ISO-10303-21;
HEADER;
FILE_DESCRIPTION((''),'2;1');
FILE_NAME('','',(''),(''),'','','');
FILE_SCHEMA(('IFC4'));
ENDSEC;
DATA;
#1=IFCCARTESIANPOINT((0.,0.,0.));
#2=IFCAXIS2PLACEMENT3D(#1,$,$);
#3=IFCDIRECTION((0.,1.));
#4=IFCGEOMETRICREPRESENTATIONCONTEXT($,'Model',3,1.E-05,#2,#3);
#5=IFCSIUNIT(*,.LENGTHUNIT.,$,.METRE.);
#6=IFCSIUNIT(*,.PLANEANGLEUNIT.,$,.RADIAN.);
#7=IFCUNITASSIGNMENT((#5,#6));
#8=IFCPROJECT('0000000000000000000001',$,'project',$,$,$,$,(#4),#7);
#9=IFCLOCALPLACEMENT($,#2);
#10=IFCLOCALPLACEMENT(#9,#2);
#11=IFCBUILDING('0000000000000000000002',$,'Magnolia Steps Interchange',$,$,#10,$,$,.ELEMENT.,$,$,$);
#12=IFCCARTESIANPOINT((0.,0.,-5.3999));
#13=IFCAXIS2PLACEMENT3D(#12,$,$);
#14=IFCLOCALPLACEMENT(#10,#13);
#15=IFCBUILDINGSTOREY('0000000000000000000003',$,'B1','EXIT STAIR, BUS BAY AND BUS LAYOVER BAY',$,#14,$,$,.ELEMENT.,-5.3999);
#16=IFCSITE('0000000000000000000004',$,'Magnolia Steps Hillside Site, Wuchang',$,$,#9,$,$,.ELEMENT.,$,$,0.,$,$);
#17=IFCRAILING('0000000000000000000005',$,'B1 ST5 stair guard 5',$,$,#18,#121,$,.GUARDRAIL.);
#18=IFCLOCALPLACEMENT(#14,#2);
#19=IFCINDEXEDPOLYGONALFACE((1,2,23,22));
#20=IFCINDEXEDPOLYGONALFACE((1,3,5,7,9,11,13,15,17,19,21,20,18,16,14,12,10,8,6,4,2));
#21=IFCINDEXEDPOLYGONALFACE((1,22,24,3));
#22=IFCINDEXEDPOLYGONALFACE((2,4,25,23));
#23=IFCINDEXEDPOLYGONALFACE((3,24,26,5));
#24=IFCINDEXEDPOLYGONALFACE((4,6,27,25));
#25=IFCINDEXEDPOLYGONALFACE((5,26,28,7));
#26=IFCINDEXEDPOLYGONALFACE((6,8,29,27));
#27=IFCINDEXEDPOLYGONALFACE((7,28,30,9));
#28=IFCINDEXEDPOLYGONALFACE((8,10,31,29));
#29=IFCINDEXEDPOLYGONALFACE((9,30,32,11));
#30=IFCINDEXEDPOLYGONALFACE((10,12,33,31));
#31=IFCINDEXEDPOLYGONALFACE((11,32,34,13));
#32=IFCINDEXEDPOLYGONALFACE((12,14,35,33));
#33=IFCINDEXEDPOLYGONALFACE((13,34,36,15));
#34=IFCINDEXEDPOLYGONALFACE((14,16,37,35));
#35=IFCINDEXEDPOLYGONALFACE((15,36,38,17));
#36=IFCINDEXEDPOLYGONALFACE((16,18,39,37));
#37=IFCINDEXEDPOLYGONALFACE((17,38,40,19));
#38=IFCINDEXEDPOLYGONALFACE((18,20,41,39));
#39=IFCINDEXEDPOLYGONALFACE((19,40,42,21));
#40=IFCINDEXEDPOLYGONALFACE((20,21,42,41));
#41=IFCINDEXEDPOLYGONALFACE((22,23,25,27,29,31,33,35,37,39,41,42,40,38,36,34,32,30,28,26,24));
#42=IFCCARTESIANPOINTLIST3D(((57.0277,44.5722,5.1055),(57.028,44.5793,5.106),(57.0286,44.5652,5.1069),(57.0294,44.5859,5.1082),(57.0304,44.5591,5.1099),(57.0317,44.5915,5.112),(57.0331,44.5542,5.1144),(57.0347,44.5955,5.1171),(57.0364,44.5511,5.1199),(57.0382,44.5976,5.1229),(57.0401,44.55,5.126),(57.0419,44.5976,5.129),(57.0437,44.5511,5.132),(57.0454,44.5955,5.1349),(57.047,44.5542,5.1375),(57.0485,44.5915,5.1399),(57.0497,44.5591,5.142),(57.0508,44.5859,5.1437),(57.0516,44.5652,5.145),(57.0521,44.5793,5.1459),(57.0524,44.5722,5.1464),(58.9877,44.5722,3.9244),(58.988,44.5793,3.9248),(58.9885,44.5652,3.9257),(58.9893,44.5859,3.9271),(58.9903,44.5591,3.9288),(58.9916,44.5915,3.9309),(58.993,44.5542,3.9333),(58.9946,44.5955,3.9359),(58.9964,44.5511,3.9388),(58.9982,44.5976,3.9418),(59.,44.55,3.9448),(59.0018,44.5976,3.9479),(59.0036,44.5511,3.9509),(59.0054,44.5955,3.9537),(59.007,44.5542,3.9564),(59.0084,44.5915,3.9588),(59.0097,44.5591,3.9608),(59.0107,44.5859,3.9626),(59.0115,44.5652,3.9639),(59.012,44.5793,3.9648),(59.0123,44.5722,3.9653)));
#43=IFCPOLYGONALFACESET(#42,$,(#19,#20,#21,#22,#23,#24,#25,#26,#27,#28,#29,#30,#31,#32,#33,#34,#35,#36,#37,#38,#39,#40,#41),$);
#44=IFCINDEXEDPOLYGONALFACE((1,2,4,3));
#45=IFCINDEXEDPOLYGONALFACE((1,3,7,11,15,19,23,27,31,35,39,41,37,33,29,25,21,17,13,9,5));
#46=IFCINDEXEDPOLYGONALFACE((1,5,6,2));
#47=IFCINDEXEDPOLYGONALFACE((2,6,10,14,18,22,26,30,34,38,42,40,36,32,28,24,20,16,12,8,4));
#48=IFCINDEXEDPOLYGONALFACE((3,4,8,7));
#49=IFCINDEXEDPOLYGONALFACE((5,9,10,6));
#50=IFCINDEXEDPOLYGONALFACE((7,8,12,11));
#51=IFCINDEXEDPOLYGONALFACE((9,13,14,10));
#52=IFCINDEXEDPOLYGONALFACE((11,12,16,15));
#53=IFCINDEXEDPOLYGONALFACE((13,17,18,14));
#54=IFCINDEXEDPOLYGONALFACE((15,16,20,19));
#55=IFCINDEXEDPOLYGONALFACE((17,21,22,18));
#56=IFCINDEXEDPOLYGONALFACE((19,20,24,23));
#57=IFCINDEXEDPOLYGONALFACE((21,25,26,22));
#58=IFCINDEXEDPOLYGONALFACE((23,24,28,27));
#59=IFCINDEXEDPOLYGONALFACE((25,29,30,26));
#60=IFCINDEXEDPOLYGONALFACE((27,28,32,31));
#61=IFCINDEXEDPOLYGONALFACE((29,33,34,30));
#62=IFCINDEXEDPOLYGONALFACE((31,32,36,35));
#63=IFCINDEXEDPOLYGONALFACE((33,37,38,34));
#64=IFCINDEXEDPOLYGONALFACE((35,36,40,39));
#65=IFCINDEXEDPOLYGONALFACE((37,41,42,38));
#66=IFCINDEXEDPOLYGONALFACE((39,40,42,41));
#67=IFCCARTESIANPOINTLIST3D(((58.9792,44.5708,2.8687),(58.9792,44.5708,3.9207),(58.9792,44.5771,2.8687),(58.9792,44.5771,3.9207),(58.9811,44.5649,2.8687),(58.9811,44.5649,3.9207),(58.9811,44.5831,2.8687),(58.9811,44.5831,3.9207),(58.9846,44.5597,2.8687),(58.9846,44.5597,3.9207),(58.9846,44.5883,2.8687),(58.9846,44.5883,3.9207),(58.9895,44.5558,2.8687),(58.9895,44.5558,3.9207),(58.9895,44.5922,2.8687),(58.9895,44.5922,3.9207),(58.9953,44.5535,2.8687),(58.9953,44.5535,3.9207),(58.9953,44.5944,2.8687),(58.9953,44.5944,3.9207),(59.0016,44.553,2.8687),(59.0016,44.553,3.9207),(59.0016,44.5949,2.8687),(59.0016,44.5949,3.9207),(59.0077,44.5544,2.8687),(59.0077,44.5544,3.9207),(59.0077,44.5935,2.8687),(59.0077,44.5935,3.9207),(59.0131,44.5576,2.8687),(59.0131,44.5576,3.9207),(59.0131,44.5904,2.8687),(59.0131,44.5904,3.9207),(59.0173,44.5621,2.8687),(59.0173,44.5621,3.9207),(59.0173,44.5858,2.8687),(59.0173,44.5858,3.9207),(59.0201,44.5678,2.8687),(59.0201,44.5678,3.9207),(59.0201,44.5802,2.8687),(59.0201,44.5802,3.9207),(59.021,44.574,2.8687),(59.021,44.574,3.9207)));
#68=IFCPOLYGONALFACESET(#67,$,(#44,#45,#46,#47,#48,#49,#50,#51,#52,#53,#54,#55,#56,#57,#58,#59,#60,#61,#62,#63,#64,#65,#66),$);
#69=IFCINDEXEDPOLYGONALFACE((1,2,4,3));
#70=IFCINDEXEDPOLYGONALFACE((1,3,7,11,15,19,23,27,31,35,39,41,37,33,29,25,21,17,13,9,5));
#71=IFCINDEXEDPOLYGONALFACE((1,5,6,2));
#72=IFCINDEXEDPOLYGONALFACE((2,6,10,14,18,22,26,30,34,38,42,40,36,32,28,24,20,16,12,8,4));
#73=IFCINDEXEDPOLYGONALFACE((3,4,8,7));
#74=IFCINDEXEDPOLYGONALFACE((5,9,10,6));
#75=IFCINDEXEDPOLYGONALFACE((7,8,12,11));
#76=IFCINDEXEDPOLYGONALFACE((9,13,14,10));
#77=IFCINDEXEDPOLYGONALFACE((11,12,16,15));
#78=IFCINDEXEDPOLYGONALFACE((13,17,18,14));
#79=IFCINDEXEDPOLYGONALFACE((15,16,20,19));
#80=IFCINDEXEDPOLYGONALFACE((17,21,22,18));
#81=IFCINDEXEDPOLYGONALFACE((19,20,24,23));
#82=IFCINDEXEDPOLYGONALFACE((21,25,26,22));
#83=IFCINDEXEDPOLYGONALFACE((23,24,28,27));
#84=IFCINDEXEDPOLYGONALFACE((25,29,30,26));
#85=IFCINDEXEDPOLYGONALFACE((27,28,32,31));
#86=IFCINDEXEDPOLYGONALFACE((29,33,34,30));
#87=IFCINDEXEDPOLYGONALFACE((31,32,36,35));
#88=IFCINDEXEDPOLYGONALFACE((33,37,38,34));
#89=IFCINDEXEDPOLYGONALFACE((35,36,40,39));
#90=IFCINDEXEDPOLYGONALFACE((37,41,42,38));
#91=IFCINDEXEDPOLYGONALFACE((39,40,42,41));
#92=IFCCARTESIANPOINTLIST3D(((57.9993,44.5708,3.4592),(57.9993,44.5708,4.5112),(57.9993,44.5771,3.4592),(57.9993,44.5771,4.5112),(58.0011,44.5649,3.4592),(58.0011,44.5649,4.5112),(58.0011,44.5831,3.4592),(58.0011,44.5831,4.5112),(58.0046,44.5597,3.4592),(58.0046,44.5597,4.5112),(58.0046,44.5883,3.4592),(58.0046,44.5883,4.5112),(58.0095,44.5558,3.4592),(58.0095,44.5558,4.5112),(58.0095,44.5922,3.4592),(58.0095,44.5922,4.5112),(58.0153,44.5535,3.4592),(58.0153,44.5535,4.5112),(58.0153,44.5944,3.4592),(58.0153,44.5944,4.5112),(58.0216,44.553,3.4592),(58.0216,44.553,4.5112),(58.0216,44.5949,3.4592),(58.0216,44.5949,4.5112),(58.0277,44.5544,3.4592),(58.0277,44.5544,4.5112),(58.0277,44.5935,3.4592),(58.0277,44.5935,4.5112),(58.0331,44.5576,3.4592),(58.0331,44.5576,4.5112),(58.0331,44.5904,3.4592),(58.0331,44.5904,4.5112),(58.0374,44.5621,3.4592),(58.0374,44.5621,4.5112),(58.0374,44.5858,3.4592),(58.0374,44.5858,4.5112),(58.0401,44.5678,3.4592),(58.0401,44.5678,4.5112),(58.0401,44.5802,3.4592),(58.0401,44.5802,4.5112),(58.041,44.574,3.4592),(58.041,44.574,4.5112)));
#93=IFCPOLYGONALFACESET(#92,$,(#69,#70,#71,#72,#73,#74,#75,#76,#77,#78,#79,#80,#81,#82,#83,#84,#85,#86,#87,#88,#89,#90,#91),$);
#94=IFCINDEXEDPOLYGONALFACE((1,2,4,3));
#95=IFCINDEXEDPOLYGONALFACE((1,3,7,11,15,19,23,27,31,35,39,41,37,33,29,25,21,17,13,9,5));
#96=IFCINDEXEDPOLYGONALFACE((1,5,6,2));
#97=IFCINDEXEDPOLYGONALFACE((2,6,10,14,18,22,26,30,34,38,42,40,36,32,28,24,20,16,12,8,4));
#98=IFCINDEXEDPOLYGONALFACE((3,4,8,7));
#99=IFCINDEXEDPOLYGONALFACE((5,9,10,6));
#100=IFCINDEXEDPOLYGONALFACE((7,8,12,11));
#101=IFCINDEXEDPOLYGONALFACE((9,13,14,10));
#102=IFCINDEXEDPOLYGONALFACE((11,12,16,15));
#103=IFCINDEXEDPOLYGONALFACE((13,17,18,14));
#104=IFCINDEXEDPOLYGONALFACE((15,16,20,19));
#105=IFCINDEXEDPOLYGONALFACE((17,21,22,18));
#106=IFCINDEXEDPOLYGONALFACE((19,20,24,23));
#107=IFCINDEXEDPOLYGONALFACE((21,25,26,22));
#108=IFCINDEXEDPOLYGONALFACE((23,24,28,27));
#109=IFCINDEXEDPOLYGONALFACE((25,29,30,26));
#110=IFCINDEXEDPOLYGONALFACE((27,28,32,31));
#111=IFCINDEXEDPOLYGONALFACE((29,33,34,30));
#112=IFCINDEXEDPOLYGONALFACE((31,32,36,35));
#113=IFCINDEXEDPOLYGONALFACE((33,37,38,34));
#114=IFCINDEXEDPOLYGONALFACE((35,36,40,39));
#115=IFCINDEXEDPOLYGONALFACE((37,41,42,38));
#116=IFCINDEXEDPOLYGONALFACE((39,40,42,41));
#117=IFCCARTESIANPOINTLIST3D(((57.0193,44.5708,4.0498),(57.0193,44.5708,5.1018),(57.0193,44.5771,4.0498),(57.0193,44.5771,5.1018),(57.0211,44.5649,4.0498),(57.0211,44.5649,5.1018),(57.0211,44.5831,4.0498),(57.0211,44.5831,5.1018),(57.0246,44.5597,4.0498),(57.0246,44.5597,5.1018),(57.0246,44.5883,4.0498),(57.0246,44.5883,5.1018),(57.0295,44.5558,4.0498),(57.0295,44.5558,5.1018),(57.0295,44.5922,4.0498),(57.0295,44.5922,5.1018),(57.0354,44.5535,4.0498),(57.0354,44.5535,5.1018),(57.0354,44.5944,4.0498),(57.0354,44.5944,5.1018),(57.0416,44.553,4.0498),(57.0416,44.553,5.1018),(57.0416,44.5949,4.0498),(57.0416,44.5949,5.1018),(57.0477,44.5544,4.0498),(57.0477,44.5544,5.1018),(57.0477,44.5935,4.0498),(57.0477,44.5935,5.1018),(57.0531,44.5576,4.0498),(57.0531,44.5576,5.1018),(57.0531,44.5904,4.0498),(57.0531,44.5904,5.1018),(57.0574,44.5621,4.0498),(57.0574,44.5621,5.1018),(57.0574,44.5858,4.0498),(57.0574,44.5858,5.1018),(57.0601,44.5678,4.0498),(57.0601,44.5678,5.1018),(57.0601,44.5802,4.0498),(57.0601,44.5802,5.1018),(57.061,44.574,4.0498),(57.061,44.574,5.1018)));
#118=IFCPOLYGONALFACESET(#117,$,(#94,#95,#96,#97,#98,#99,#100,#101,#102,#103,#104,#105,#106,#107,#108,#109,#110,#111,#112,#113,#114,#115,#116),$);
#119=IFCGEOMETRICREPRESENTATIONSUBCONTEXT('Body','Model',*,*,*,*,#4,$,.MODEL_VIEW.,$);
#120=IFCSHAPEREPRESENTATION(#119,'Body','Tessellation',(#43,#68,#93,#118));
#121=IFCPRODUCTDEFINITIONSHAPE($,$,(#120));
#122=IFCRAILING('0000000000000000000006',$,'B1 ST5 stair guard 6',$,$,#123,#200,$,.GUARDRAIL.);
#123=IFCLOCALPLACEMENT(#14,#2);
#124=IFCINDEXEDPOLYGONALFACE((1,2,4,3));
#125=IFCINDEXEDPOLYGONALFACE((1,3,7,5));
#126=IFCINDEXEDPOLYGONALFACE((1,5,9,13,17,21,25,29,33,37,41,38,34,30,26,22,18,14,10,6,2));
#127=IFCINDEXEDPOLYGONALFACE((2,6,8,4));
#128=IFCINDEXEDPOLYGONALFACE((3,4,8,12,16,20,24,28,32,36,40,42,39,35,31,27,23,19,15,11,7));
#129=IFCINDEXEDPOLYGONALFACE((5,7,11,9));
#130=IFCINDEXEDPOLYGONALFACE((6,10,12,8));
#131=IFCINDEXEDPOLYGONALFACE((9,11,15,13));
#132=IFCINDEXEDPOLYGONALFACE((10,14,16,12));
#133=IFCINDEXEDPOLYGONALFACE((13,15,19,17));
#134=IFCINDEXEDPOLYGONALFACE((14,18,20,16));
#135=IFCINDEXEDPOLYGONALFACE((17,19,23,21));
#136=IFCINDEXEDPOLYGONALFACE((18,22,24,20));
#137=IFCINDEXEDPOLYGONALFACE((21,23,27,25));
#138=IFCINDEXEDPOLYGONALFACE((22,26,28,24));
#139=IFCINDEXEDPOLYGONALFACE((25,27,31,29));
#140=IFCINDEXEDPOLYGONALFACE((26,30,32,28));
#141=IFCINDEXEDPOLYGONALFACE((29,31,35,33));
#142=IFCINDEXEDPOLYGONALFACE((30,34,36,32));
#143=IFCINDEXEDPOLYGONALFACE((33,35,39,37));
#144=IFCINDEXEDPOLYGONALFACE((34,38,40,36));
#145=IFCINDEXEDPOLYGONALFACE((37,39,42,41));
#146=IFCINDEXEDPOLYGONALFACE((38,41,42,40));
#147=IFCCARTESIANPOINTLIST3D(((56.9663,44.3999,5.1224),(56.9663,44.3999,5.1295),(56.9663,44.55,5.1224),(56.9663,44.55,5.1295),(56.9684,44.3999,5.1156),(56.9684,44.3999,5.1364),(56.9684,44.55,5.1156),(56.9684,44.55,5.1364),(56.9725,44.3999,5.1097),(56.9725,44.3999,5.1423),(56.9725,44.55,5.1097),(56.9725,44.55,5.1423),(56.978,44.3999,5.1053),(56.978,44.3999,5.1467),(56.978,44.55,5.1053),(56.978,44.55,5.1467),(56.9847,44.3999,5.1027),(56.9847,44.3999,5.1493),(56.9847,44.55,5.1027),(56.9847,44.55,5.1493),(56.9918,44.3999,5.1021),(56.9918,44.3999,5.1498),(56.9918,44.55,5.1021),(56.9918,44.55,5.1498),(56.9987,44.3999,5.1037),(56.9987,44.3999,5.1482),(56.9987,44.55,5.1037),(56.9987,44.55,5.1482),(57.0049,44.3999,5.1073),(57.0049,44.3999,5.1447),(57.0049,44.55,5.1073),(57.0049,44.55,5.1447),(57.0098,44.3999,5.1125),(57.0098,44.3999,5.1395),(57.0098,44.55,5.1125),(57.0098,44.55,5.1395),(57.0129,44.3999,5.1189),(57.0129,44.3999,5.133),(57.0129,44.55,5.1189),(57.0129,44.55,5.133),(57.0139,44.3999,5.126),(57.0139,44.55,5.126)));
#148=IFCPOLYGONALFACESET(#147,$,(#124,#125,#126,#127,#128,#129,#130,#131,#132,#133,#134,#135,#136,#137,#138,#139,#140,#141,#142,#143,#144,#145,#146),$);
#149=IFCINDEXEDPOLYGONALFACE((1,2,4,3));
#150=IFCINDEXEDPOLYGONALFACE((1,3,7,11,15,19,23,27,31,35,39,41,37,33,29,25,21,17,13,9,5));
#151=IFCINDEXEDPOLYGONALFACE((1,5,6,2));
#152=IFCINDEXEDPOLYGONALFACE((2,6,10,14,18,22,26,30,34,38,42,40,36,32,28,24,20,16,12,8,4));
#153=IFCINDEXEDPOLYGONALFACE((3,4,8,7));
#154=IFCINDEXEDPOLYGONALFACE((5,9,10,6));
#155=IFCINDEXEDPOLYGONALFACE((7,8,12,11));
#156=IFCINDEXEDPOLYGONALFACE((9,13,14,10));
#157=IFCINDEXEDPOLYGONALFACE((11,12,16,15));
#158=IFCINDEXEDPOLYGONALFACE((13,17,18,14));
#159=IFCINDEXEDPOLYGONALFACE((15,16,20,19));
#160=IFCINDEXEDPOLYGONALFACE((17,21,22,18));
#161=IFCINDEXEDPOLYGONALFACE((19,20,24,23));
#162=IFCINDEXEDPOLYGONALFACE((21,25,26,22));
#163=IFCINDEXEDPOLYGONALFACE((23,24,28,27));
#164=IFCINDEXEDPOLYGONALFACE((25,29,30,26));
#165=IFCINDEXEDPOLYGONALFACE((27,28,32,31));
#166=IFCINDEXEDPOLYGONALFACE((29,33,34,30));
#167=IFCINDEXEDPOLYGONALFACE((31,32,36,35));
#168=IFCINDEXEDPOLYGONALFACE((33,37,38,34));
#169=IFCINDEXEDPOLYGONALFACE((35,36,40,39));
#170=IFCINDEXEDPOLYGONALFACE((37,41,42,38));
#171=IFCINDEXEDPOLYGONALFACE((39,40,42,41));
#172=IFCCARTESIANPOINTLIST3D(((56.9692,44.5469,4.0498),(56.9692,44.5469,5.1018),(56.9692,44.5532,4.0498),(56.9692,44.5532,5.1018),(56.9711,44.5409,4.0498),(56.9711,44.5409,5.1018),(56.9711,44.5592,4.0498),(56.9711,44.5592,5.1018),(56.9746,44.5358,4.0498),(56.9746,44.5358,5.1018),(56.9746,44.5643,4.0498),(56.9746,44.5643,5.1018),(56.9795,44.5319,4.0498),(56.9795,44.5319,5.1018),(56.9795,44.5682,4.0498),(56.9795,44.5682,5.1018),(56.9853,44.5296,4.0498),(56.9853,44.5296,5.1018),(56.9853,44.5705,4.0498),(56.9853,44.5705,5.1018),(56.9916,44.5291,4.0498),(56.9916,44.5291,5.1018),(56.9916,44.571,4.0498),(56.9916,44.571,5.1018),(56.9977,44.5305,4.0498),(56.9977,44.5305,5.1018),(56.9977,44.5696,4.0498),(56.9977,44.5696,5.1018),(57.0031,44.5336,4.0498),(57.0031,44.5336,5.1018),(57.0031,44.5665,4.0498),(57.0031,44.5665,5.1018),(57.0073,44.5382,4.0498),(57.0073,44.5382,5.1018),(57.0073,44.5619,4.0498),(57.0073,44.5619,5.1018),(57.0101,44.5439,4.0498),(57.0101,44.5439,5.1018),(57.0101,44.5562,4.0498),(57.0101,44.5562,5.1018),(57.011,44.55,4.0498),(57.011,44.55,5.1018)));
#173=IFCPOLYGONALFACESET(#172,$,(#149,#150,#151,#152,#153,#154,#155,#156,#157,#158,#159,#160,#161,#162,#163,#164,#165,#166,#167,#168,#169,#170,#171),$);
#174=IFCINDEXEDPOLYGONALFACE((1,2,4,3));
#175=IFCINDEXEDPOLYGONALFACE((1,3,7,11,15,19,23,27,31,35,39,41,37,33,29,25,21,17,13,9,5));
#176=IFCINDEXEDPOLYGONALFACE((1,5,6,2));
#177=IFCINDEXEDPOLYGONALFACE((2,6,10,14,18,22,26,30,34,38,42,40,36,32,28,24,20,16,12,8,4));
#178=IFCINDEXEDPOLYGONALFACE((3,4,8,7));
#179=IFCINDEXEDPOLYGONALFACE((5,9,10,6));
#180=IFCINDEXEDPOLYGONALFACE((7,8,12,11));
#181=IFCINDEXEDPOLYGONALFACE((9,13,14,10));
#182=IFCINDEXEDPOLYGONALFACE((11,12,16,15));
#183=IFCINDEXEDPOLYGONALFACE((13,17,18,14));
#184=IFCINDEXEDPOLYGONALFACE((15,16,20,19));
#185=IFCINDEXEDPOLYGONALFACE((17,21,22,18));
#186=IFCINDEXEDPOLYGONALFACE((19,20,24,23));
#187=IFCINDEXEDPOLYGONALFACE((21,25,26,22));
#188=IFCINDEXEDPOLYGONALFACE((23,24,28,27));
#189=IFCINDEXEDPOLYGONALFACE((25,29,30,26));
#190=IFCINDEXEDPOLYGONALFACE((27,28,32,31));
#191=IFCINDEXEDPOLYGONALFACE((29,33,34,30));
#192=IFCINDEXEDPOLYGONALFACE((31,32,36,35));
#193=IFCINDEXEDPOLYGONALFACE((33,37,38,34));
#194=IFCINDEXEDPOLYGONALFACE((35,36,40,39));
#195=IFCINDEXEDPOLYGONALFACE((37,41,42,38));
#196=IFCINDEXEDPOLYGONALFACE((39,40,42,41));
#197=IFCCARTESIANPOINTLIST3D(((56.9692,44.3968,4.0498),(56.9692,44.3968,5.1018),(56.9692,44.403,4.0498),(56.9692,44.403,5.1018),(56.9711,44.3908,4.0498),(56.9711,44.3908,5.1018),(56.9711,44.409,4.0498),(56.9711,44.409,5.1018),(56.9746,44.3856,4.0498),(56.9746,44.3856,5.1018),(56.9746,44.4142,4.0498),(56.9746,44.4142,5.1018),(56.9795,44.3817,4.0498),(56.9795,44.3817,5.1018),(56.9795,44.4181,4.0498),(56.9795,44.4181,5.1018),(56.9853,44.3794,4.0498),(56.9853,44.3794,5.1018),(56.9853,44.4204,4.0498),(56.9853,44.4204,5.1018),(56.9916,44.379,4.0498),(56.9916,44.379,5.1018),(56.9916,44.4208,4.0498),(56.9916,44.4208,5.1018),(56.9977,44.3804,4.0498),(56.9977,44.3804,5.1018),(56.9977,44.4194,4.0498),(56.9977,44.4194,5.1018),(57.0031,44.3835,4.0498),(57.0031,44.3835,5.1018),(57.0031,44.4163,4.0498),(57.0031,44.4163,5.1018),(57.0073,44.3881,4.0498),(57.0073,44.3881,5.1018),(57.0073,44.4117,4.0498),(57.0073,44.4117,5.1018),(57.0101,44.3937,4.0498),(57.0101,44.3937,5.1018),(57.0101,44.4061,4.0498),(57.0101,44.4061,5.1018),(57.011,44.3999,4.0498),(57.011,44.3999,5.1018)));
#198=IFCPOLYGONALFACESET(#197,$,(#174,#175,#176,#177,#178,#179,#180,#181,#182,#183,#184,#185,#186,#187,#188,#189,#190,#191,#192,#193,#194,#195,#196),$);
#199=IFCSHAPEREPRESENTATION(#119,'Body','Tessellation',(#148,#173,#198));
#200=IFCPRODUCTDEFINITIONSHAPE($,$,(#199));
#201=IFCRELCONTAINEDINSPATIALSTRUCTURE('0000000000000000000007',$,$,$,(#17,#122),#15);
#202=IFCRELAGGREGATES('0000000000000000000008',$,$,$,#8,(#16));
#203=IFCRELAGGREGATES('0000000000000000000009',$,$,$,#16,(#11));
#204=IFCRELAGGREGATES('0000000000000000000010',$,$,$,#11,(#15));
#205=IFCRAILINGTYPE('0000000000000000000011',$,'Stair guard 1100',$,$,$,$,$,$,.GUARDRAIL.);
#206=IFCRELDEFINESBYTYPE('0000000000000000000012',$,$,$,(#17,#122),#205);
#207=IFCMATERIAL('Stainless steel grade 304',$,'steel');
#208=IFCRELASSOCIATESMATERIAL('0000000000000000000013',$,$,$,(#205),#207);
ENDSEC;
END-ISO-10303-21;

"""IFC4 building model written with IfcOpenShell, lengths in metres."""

from ifc_helpers import new_model, si_unit, direction, frame, origin, origin_2d, place, context, subcontext, project, spatial, circle, extrude, material, type_object, element, save


model = new_model("IFC4")

# Units and contexts
model_context = context("Model", 3, precision=1e-05, world=origin(), true_north=direction((0.0, 1.0)))
body_context = subcontext(model_context, "Body", "Model", "MODEL_VIEW")
ifc_project = project(units=[si_unit("LENGTHUNIT", "METRE"), si_unit("PLANEANGLEUNIT", "RADIAN")], contexts=[model_context])

# Site, building, storey
site_placement = place(None, origin())
site = spatial("IfcSite", under=ifc_project, at=site_placement, Name="Magnolia Steps Hillside Site, Wuchang", CompositionType="ELEMENT", RefElevation=0.0)
building_placement = place(site_placement, origin())
building = spatial("IfcBuilding", under=site, at=building_placement, Name="Magnolia Steps Interchange", CompositionType="ELEMENT")
storey_placement = place(building_placement, frame((0.0, 0.0, -5.3999)))
storey = spatial("IfcBuildingStorey", under=building, at=storey_placement, Name="B1", Description="EXIT STAIR, BUS BAY AND BUS LAYOVER BAY", CompositionType="ELEMENT", Elevation=-5.3999)

# Railings
ifc_material_1 = material(Name="Stainless steel grade 304", Category="steel")
railing_type_1 = type_object("IfcRailingType", Name="Stair guard 1100", PredefinedType="GUARDRAIL", material=ifc_material_1)
railing_1_placement = place(storey_placement, frame((59.0, 44.574, 2.8687)))
element("IfcRailing", 1, at=railing_1_placement, inside=storey, type_object=railing_type_1, Name="B1 ST5 stair guard 5", PredefinedType="GUARDRAIL", context=body_context, shape_type="SweptSolid", body=[
    extrude(circle(Radius=0.0239, at=origin_2d()), frame((0.0, 0.0, 1.0762), z_axis=(-0.856493, 0.0, 0.516158), x_axis=(0.0, -1.0, 0.0)), (0.0, 0.0, 1.0), 2.2883),
    extrude(circle(Radius=0.021, at=origin_2d()), origin(), (0.0, 0.0, 1.0), 1.052),
    extrude(circle(Radius=0.021, at=origin_2d()), frame((-0.98, 0.0, 0.5906)), (0.0, 0.0, 1.0), 1.052),
    extrude(circle(Radius=0.021, at=origin_2d()), frame((-1.96, 0.0, 1.1812)), (0.0, 0.0, 1.0), 1.052),
])
railing_2_placement = place(storey_placement, frame((56.99, 44.55, 4.0498)))
element("IfcRailing", 2, at=railing_2_placement, inside=storey, type_object=railing_type_1, Name="B1 ST5 stair guard 6", PredefinedType="GUARDRAIL", context=body_context, shape_type="SweptSolid", body=[
    extrude(circle(Radius=0.0239, at=origin_2d()), frame((0.0, 0.0, 1.0762), z_axis=(0.0, -1.0, 0.0), x_axis=(1.0, 0.0, 0.0)), (0.0, 0.0, 1.0), 0.1501),
    extrude(circle(Radius=0.021, at=origin_2d()), origin(), (0.0, 0.0, 1.0), 1.052),
    extrude(circle(Radius=0.021, at=origin_2d()), frame((0.0, -0.1501, 0.0)), (0.0, 0.0, 1.0), 1.052),
])

save(model, "model.ifc")
